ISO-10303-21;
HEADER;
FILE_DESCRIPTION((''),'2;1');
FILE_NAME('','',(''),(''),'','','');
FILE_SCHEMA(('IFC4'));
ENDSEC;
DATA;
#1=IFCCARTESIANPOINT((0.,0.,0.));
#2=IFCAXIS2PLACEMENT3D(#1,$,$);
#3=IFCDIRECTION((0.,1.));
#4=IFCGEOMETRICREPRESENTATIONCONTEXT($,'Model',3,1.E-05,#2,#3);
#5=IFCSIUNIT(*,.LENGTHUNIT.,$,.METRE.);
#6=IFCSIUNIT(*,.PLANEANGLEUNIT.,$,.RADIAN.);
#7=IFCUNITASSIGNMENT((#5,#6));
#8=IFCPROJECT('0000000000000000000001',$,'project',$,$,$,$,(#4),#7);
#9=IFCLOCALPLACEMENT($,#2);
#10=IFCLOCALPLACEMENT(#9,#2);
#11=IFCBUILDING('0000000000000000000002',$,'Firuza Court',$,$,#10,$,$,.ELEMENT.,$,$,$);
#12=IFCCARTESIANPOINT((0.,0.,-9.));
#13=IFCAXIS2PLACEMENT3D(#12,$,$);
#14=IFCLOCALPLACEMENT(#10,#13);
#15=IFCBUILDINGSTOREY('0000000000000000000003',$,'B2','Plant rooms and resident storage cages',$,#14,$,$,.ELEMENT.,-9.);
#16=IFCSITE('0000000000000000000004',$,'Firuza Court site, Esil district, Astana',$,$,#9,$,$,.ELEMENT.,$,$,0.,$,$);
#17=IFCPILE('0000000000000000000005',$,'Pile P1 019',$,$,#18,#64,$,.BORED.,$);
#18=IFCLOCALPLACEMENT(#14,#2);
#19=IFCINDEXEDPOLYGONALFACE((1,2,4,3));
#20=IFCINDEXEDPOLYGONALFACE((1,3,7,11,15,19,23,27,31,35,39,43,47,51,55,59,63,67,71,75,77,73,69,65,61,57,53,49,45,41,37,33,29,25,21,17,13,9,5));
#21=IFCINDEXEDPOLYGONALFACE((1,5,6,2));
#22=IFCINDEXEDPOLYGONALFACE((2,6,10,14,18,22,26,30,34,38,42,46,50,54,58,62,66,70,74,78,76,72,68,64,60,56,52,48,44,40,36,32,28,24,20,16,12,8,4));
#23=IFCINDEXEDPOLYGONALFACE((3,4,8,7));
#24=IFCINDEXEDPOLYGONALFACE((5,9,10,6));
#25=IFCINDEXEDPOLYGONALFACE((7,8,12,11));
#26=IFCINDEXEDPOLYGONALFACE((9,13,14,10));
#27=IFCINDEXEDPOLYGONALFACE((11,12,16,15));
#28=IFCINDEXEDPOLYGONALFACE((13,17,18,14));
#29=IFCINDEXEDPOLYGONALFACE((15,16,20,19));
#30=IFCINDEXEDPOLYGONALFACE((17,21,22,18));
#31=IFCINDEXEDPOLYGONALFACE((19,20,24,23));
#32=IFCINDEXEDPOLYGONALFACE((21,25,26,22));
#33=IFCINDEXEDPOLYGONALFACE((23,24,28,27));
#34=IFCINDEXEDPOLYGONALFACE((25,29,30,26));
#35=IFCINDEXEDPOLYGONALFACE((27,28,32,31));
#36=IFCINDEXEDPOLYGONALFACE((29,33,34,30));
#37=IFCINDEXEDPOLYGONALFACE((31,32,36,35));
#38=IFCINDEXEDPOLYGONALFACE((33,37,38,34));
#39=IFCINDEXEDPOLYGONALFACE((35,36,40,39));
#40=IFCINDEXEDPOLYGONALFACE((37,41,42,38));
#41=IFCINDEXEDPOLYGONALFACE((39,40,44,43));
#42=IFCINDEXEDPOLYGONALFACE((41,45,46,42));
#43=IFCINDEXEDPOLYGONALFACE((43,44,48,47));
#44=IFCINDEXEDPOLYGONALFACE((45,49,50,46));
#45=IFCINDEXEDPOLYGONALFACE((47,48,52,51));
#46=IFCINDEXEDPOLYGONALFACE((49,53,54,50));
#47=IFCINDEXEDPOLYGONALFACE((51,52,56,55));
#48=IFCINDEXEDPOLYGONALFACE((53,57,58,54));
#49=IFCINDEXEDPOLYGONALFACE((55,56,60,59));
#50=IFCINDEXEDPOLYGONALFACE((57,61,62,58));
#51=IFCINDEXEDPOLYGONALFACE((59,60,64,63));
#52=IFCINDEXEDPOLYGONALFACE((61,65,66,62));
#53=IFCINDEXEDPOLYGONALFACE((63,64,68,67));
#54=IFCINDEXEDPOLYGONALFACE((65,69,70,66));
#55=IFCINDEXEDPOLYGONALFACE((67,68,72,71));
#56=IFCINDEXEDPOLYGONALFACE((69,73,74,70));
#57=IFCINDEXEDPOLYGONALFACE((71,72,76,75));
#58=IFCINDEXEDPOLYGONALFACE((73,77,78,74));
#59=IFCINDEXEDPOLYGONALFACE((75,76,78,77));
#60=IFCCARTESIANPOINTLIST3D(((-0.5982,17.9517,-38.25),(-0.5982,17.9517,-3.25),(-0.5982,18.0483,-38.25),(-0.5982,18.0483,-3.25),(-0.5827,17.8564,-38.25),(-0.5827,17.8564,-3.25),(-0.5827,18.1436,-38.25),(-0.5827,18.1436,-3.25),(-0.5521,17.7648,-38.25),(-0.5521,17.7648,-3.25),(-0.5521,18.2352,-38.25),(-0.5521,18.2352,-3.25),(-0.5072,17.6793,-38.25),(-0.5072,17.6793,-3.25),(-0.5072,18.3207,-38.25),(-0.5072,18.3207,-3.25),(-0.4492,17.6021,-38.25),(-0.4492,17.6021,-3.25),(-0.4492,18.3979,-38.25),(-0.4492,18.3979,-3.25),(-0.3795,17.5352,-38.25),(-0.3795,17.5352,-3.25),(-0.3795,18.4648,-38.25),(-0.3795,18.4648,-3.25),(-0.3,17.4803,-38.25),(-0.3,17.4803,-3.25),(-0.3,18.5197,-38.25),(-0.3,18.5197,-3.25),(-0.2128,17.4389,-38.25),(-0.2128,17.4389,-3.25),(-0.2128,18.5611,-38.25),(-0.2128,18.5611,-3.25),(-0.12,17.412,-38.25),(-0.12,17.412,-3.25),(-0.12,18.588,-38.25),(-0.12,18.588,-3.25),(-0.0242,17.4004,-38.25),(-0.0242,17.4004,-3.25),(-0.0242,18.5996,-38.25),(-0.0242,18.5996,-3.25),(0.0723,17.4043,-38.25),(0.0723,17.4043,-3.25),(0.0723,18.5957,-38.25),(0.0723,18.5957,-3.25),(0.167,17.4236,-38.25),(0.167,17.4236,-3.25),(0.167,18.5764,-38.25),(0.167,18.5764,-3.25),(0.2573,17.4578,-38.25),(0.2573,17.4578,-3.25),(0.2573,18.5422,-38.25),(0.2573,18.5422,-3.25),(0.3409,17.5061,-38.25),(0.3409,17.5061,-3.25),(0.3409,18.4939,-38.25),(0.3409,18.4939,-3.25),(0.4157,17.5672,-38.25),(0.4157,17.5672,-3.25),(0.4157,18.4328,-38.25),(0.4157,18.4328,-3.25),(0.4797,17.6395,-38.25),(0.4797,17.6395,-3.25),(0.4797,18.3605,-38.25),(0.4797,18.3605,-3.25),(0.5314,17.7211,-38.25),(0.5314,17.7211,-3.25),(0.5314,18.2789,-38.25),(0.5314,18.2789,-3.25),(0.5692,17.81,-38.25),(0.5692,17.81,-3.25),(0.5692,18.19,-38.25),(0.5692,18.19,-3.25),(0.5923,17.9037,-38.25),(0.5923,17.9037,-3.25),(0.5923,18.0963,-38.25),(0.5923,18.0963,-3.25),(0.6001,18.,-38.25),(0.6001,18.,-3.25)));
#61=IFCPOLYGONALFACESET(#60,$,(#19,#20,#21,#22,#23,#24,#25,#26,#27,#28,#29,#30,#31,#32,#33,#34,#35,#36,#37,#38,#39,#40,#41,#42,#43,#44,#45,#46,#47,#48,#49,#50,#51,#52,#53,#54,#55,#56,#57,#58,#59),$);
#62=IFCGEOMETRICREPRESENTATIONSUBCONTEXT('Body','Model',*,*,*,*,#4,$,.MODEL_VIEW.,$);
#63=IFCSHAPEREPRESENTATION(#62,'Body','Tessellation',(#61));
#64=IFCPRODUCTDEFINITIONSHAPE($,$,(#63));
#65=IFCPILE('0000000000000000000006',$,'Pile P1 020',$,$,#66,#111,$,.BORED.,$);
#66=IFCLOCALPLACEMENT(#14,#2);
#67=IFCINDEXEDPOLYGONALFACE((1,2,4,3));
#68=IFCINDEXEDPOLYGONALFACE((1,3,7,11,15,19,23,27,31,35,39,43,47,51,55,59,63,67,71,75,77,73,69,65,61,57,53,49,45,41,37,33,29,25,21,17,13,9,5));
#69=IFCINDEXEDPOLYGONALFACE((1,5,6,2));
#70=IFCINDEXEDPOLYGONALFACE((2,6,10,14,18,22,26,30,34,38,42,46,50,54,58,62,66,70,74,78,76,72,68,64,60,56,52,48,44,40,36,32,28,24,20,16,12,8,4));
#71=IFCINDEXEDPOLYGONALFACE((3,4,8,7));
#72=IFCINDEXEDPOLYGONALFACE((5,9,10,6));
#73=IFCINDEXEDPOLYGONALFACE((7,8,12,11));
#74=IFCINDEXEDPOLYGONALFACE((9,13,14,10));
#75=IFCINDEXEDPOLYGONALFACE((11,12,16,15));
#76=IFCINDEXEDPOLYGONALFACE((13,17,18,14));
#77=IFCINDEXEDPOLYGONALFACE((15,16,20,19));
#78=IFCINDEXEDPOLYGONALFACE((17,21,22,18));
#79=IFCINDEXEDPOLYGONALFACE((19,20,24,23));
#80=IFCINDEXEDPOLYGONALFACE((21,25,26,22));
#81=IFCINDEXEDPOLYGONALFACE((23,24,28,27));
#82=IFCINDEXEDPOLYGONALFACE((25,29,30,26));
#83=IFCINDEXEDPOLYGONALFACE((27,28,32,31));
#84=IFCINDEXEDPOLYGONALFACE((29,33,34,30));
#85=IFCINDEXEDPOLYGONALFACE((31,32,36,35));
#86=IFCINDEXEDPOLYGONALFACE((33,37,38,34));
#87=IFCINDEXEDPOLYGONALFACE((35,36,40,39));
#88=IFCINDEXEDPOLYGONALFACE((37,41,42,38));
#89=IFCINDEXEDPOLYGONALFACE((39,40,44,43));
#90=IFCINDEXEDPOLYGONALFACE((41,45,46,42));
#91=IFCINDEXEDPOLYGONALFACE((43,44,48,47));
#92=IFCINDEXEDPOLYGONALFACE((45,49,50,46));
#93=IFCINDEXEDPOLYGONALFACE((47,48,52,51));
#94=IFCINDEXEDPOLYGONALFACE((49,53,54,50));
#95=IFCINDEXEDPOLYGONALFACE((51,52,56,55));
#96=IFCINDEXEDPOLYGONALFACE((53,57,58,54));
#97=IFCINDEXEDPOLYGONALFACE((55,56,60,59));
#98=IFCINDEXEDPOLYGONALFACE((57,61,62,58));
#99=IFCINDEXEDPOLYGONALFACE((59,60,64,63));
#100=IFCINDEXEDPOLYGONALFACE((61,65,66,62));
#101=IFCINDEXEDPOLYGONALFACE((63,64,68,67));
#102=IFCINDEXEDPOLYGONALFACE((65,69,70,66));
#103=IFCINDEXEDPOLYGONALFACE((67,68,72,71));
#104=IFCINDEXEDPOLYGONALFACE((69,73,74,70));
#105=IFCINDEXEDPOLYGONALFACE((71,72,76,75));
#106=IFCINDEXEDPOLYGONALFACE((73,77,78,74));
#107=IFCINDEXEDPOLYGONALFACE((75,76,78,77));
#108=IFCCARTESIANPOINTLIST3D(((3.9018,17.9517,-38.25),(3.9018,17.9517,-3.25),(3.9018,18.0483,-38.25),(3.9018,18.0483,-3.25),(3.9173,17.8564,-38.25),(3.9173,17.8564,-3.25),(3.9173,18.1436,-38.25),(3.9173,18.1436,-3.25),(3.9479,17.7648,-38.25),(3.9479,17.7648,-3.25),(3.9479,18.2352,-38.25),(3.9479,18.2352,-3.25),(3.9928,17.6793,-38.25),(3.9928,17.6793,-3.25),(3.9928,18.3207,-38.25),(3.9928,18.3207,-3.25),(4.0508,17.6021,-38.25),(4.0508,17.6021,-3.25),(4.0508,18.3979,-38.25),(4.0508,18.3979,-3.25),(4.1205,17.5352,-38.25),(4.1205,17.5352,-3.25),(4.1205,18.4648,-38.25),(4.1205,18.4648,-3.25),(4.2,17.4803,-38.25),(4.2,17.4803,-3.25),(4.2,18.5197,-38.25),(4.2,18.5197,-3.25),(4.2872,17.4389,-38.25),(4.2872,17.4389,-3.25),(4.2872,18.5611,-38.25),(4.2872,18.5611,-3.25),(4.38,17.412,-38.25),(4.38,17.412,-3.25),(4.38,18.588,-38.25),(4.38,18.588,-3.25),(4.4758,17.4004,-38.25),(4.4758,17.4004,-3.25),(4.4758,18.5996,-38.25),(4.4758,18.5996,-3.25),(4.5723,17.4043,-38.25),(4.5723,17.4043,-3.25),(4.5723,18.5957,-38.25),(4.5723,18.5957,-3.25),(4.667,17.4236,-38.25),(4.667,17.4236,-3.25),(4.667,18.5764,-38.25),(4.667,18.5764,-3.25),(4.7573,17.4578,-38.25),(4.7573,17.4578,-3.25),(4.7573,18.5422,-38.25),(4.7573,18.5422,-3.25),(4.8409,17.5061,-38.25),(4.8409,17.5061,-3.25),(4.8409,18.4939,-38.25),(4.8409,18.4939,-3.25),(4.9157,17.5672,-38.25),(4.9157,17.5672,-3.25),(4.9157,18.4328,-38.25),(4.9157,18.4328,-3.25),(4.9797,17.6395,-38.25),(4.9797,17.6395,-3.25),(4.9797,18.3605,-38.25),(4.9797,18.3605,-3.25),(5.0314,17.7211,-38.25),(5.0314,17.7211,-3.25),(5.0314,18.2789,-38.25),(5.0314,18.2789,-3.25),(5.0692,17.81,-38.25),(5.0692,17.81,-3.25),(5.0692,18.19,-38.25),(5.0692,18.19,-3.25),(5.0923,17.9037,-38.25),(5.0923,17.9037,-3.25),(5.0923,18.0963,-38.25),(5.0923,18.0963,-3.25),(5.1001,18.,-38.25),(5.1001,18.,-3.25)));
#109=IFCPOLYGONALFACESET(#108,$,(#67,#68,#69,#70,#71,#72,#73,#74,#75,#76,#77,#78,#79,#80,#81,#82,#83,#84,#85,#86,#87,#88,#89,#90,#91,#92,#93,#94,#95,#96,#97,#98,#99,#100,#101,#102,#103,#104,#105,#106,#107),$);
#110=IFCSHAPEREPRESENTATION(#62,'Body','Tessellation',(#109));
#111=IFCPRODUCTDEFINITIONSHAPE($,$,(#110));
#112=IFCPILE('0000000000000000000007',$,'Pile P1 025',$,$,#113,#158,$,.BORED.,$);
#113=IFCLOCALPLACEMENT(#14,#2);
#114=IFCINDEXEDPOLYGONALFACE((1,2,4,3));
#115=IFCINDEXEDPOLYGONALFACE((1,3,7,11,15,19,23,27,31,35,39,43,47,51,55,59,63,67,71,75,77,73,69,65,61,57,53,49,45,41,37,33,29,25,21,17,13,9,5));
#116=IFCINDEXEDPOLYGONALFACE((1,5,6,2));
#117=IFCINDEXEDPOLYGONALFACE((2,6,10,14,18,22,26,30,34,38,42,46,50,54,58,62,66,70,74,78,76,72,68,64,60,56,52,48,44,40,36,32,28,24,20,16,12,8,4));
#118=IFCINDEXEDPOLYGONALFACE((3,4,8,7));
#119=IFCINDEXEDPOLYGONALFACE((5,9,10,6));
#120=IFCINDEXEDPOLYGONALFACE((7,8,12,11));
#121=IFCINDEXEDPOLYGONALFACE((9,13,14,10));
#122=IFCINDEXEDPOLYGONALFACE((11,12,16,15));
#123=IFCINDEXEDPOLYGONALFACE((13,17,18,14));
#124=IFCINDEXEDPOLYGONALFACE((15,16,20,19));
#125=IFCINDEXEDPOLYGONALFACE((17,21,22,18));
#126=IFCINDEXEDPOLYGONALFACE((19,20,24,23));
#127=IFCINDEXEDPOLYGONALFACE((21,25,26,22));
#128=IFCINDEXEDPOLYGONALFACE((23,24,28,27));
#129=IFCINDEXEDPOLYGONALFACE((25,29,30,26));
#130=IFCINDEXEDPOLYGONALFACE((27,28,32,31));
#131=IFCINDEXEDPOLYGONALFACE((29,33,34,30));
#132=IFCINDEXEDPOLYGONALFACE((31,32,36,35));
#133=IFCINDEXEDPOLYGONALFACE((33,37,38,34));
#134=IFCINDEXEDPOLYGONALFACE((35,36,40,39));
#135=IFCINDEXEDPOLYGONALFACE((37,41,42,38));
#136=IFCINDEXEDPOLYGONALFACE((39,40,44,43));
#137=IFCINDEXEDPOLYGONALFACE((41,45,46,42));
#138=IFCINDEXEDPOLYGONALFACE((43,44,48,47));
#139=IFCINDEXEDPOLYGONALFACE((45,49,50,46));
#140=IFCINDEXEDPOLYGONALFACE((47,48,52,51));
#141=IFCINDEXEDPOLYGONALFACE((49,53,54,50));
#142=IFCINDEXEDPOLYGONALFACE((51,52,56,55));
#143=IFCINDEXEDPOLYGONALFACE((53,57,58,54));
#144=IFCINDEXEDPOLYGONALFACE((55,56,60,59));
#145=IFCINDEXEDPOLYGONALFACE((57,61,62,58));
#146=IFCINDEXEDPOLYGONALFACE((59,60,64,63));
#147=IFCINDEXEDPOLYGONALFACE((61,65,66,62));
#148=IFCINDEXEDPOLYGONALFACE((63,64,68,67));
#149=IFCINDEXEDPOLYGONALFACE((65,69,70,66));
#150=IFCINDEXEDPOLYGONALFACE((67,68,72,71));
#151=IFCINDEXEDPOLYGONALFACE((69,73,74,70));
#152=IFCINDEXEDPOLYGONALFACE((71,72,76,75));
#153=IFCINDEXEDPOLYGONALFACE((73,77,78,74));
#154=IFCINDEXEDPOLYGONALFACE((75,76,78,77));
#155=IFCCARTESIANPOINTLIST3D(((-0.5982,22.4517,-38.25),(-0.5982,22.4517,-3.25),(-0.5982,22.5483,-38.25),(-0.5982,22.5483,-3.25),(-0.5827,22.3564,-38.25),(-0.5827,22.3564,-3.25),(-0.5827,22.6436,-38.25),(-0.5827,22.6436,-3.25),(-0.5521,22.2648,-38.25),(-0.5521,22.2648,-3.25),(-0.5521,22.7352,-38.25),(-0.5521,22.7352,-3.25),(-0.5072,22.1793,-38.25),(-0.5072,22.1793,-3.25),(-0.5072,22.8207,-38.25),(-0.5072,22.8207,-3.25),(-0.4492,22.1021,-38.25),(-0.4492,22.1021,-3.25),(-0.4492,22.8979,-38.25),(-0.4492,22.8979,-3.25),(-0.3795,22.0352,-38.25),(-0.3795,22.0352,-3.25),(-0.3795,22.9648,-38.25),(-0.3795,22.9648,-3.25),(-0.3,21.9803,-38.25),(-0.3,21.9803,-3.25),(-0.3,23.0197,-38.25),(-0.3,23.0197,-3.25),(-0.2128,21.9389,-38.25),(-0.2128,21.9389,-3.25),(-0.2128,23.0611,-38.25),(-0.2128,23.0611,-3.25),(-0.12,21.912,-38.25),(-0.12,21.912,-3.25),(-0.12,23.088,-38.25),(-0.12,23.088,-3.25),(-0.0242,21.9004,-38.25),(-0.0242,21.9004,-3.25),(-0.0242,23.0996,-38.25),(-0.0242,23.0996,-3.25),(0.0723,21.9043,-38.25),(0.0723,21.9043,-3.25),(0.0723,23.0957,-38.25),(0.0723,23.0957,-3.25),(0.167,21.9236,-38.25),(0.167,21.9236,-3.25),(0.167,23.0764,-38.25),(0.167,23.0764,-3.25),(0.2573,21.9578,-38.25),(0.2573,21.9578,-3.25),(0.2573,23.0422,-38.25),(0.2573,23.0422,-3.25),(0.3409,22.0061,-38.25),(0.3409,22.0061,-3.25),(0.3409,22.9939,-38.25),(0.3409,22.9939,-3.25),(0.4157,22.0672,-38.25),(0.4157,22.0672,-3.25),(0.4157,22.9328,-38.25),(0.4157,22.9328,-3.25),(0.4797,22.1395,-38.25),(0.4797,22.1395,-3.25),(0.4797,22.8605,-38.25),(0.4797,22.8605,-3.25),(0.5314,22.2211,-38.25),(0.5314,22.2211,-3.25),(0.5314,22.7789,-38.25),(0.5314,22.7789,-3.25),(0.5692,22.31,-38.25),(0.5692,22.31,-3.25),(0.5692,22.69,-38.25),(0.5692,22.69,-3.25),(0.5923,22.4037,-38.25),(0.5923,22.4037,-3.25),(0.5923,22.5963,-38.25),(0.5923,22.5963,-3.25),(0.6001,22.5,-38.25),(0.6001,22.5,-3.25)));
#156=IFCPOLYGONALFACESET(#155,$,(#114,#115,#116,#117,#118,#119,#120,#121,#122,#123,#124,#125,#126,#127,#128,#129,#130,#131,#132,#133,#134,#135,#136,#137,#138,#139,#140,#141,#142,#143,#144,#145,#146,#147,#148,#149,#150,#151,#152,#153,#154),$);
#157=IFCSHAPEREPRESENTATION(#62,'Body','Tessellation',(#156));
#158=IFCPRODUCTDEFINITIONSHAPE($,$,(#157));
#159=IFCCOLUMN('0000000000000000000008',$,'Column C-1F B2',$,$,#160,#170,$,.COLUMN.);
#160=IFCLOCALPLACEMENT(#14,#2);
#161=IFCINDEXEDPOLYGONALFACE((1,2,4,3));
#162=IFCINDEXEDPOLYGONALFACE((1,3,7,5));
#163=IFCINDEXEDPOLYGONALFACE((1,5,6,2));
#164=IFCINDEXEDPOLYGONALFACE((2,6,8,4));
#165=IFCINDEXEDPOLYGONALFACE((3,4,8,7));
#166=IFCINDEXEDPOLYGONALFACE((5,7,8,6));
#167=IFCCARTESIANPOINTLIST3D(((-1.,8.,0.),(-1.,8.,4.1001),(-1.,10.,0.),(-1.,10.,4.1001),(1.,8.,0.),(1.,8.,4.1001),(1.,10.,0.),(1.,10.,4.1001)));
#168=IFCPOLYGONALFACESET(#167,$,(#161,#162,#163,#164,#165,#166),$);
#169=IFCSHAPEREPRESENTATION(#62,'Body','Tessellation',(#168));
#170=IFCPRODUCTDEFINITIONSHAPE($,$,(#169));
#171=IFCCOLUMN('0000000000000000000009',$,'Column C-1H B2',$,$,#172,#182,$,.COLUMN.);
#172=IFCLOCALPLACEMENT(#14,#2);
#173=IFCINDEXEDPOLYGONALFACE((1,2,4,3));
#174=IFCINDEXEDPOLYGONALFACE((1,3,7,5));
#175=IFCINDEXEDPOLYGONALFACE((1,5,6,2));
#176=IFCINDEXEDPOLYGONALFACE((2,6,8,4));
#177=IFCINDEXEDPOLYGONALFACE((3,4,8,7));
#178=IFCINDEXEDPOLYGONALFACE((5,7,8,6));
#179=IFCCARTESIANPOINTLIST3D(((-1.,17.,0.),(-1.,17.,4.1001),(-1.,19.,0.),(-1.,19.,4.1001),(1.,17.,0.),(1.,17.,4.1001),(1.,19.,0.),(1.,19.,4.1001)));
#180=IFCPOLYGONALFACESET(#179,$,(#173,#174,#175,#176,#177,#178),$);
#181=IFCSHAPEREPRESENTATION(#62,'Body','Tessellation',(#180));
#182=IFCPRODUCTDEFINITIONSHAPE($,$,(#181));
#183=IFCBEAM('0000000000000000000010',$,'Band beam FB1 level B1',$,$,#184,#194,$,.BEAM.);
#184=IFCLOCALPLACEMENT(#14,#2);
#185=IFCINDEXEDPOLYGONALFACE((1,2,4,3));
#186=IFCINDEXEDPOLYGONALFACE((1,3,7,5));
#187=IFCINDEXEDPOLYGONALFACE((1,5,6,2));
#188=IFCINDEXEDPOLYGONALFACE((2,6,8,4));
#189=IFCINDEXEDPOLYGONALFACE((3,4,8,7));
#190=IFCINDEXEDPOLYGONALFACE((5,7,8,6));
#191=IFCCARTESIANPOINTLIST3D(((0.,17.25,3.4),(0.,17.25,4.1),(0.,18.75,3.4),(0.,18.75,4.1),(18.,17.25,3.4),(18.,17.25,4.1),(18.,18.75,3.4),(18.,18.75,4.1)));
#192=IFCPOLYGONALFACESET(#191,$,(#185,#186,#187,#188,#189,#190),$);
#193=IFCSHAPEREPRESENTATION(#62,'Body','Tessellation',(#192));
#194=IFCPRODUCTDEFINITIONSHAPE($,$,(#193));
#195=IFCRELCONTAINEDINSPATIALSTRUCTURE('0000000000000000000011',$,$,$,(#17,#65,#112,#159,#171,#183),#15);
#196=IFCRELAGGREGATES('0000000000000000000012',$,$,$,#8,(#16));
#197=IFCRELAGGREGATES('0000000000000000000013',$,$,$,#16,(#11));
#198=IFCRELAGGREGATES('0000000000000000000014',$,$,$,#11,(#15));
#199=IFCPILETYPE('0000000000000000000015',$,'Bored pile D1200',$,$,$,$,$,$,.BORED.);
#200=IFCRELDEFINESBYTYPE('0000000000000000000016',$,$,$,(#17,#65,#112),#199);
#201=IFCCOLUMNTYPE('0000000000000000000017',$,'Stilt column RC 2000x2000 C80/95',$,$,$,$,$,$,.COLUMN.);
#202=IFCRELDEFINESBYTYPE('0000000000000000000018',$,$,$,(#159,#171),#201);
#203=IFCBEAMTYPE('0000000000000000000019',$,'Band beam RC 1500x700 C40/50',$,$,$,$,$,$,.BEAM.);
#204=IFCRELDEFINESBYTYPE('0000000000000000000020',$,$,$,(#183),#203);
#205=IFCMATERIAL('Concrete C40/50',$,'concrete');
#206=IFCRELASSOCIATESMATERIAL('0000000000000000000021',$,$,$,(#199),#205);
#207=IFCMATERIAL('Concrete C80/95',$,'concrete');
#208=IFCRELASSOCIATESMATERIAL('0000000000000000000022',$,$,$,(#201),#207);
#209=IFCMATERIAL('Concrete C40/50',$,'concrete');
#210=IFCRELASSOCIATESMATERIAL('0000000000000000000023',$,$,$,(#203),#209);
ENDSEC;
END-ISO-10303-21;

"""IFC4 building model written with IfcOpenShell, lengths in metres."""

from ifc_helpers import new_model, si_unit, direction, frame, origin, origin_2d, place, context, subcontext, project, spatial, rectangle, circle, extrude, material, material_profile, profile_set, type_object, element, save


model = new_model("IFC4")

# Units and contexts
model_context = context("Model", 3, precision=1e-05, world=origin(), true_north=direction((0.0, 1.0)))
body_context = subcontext(model_context, "Body", "Model", "MODEL_VIEW")
ifc_project = project(units=[si_unit("LENGTHUNIT", "METRE"), si_unit("PLANEANGLEUNIT", "RADIAN")], contexts=[model_context])

# Site, building, storey
site_placement = place(None, origin())
site = spatial("IfcSite", under=ifc_project, at=site_placement, Name="Firuza Court site, Esil district, Astana", CompositionType="ELEMENT", RefElevation=0.0)
building_placement = place(site_placement, origin())
building = spatial("IfcBuilding", under=site, at=building_placement, Name="Firuza Court", CompositionType="ELEMENT")
storey_placement = place(building_placement, frame((0.0, 0.0, -9.0)))
storey = spatial("IfcBuildingStorey", under=building, at=storey_placement, Name="B2", Description="Plant rooms and resident storage cages", CompositionType="ELEMENT", Elevation=-9.0)

# Piles
ifc_material_1 = material(Name="Concrete C40/50", Category="concrete")
ifc_material_profile_1 = material_profile(ifc_material_1, circle(Radius=0.6001, at=origin_2d()), Name="Pile D1200")
ifc_profile_set_1 = profile_set([ifc_material_profile_1], Name="Concrete C40/50")
pile_type = type_object("IfcPileType", Name="Bored pile D1200", PredefinedType="BORED", material=ifc_profile_set_1)
for number, where, z_axis, x_axis, name in (
    (1, (0.0, 18.0, -3.25), (0.0, 0.0, -1.0), (1.0, 0.0, 0.0), "Pile P1 019"),
    (2, (4.5, 18.0, -3.25), (0.0, 0.0, -1.0), (1.0, 0.0, 0.0), "Pile P1 020"),
    (3, (0.0, 22.5, -3.25), (0.0, 0.0, -1.0), (1.0, 0.0, 0.0), "Pile P1 025"),
):
    element("IfcPile", number, at=place(storey_placement, frame(where, z_axis=z_axis, x_axis=x_axis)), inside=storey, type_object=pile_type, Name=name, PredefinedType="BORED", context=body_context, shape_type="SweptSolid", body=[
        extrude(circle(Radius=0.6001, at=origin_2d()), origin(), (0.0, 0.0, 1.0), 35.0),
    ])

# Columns
ifc_material_2 = material(Name="Concrete C80/95", Category="concrete")
ifc_material_profile_2 = material_profile(ifc_material_2, rectangle(XDim=2.0, YDim=2.0, at=origin_2d()), Name="RC 2000x2000")
ifc_profile_set_2 = profile_set([ifc_material_profile_2], Name="Concrete C80/95")
column_type = type_object("IfcColumnType", Name="Stilt column RC 2000x2000 C80/95", PredefinedType="COLUMN", material=ifc_profile_set_2)
for number, where, z_axis, x_axis, name in (
    (4, (0.0, 9.0, 0.0), (0.0, 0.0, 1.0), (1.0, 0.0, 0.0), "Column C-1F B2"),
    (5, (0.0, 18.0, 0.0), (0.0, 0.0, 1.0), (1.0, 0.0, 0.0), "Column C-1H B2"),
):
    element("IfcColumn", number, at=place(storey_placement, frame(where, z_axis=z_axis, x_axis=x_axis)), inside=storey, type_object=column_type, Name=name, PredefinedType="COLUMN", context=body_context, shape_type="SweptSolid", body=[
        extrude(rectangle(XDim=2.0, YDim=2.0, at=origin_2d()), origin(), (0.0, 0.0, 1.0), 4.1001),
    ])

# Beam
ifc_material_3 = material(Name="Concrete C40/50", Category="concrete")
ifc_material_profile_3 = material_profile(ifc_material_3, rectangle(XDim=1.5, YDim=0.7, at=origin_2d()), Name="RC 1500x700")
ifc_profile_set_3 = profile_set([ifc_material_profile_3], Name="Concrete C40/50")
beam_type_1 = type_object("IfcBeamType", Name="Band beam RC 1500x700 C40/50", PredefinedType="BEAM", material=ifc_profile_set_3)
beam_1_placement = place(storey_placement, frame((0.0, 18.0, 3.75), z_axis=(1.0, 0.0, 0.0), x_axis=(0.0, 1.0, 0.0)))
element("IfcBeam", 6, at=beam_1_placement, inside=storey, type_object=beam_type_1, Name="Band beam FB1 level B1", PredefinedType="BEAM", context=body_context, shape_type="SweptSolid", body=[
    extrude(rectangle(XDim=1.5, YDim=0.7, at=origin_2d()), origin(), (0.0, 0.0, 1.0), 18.0),
])

save(model, "model.ifc")
